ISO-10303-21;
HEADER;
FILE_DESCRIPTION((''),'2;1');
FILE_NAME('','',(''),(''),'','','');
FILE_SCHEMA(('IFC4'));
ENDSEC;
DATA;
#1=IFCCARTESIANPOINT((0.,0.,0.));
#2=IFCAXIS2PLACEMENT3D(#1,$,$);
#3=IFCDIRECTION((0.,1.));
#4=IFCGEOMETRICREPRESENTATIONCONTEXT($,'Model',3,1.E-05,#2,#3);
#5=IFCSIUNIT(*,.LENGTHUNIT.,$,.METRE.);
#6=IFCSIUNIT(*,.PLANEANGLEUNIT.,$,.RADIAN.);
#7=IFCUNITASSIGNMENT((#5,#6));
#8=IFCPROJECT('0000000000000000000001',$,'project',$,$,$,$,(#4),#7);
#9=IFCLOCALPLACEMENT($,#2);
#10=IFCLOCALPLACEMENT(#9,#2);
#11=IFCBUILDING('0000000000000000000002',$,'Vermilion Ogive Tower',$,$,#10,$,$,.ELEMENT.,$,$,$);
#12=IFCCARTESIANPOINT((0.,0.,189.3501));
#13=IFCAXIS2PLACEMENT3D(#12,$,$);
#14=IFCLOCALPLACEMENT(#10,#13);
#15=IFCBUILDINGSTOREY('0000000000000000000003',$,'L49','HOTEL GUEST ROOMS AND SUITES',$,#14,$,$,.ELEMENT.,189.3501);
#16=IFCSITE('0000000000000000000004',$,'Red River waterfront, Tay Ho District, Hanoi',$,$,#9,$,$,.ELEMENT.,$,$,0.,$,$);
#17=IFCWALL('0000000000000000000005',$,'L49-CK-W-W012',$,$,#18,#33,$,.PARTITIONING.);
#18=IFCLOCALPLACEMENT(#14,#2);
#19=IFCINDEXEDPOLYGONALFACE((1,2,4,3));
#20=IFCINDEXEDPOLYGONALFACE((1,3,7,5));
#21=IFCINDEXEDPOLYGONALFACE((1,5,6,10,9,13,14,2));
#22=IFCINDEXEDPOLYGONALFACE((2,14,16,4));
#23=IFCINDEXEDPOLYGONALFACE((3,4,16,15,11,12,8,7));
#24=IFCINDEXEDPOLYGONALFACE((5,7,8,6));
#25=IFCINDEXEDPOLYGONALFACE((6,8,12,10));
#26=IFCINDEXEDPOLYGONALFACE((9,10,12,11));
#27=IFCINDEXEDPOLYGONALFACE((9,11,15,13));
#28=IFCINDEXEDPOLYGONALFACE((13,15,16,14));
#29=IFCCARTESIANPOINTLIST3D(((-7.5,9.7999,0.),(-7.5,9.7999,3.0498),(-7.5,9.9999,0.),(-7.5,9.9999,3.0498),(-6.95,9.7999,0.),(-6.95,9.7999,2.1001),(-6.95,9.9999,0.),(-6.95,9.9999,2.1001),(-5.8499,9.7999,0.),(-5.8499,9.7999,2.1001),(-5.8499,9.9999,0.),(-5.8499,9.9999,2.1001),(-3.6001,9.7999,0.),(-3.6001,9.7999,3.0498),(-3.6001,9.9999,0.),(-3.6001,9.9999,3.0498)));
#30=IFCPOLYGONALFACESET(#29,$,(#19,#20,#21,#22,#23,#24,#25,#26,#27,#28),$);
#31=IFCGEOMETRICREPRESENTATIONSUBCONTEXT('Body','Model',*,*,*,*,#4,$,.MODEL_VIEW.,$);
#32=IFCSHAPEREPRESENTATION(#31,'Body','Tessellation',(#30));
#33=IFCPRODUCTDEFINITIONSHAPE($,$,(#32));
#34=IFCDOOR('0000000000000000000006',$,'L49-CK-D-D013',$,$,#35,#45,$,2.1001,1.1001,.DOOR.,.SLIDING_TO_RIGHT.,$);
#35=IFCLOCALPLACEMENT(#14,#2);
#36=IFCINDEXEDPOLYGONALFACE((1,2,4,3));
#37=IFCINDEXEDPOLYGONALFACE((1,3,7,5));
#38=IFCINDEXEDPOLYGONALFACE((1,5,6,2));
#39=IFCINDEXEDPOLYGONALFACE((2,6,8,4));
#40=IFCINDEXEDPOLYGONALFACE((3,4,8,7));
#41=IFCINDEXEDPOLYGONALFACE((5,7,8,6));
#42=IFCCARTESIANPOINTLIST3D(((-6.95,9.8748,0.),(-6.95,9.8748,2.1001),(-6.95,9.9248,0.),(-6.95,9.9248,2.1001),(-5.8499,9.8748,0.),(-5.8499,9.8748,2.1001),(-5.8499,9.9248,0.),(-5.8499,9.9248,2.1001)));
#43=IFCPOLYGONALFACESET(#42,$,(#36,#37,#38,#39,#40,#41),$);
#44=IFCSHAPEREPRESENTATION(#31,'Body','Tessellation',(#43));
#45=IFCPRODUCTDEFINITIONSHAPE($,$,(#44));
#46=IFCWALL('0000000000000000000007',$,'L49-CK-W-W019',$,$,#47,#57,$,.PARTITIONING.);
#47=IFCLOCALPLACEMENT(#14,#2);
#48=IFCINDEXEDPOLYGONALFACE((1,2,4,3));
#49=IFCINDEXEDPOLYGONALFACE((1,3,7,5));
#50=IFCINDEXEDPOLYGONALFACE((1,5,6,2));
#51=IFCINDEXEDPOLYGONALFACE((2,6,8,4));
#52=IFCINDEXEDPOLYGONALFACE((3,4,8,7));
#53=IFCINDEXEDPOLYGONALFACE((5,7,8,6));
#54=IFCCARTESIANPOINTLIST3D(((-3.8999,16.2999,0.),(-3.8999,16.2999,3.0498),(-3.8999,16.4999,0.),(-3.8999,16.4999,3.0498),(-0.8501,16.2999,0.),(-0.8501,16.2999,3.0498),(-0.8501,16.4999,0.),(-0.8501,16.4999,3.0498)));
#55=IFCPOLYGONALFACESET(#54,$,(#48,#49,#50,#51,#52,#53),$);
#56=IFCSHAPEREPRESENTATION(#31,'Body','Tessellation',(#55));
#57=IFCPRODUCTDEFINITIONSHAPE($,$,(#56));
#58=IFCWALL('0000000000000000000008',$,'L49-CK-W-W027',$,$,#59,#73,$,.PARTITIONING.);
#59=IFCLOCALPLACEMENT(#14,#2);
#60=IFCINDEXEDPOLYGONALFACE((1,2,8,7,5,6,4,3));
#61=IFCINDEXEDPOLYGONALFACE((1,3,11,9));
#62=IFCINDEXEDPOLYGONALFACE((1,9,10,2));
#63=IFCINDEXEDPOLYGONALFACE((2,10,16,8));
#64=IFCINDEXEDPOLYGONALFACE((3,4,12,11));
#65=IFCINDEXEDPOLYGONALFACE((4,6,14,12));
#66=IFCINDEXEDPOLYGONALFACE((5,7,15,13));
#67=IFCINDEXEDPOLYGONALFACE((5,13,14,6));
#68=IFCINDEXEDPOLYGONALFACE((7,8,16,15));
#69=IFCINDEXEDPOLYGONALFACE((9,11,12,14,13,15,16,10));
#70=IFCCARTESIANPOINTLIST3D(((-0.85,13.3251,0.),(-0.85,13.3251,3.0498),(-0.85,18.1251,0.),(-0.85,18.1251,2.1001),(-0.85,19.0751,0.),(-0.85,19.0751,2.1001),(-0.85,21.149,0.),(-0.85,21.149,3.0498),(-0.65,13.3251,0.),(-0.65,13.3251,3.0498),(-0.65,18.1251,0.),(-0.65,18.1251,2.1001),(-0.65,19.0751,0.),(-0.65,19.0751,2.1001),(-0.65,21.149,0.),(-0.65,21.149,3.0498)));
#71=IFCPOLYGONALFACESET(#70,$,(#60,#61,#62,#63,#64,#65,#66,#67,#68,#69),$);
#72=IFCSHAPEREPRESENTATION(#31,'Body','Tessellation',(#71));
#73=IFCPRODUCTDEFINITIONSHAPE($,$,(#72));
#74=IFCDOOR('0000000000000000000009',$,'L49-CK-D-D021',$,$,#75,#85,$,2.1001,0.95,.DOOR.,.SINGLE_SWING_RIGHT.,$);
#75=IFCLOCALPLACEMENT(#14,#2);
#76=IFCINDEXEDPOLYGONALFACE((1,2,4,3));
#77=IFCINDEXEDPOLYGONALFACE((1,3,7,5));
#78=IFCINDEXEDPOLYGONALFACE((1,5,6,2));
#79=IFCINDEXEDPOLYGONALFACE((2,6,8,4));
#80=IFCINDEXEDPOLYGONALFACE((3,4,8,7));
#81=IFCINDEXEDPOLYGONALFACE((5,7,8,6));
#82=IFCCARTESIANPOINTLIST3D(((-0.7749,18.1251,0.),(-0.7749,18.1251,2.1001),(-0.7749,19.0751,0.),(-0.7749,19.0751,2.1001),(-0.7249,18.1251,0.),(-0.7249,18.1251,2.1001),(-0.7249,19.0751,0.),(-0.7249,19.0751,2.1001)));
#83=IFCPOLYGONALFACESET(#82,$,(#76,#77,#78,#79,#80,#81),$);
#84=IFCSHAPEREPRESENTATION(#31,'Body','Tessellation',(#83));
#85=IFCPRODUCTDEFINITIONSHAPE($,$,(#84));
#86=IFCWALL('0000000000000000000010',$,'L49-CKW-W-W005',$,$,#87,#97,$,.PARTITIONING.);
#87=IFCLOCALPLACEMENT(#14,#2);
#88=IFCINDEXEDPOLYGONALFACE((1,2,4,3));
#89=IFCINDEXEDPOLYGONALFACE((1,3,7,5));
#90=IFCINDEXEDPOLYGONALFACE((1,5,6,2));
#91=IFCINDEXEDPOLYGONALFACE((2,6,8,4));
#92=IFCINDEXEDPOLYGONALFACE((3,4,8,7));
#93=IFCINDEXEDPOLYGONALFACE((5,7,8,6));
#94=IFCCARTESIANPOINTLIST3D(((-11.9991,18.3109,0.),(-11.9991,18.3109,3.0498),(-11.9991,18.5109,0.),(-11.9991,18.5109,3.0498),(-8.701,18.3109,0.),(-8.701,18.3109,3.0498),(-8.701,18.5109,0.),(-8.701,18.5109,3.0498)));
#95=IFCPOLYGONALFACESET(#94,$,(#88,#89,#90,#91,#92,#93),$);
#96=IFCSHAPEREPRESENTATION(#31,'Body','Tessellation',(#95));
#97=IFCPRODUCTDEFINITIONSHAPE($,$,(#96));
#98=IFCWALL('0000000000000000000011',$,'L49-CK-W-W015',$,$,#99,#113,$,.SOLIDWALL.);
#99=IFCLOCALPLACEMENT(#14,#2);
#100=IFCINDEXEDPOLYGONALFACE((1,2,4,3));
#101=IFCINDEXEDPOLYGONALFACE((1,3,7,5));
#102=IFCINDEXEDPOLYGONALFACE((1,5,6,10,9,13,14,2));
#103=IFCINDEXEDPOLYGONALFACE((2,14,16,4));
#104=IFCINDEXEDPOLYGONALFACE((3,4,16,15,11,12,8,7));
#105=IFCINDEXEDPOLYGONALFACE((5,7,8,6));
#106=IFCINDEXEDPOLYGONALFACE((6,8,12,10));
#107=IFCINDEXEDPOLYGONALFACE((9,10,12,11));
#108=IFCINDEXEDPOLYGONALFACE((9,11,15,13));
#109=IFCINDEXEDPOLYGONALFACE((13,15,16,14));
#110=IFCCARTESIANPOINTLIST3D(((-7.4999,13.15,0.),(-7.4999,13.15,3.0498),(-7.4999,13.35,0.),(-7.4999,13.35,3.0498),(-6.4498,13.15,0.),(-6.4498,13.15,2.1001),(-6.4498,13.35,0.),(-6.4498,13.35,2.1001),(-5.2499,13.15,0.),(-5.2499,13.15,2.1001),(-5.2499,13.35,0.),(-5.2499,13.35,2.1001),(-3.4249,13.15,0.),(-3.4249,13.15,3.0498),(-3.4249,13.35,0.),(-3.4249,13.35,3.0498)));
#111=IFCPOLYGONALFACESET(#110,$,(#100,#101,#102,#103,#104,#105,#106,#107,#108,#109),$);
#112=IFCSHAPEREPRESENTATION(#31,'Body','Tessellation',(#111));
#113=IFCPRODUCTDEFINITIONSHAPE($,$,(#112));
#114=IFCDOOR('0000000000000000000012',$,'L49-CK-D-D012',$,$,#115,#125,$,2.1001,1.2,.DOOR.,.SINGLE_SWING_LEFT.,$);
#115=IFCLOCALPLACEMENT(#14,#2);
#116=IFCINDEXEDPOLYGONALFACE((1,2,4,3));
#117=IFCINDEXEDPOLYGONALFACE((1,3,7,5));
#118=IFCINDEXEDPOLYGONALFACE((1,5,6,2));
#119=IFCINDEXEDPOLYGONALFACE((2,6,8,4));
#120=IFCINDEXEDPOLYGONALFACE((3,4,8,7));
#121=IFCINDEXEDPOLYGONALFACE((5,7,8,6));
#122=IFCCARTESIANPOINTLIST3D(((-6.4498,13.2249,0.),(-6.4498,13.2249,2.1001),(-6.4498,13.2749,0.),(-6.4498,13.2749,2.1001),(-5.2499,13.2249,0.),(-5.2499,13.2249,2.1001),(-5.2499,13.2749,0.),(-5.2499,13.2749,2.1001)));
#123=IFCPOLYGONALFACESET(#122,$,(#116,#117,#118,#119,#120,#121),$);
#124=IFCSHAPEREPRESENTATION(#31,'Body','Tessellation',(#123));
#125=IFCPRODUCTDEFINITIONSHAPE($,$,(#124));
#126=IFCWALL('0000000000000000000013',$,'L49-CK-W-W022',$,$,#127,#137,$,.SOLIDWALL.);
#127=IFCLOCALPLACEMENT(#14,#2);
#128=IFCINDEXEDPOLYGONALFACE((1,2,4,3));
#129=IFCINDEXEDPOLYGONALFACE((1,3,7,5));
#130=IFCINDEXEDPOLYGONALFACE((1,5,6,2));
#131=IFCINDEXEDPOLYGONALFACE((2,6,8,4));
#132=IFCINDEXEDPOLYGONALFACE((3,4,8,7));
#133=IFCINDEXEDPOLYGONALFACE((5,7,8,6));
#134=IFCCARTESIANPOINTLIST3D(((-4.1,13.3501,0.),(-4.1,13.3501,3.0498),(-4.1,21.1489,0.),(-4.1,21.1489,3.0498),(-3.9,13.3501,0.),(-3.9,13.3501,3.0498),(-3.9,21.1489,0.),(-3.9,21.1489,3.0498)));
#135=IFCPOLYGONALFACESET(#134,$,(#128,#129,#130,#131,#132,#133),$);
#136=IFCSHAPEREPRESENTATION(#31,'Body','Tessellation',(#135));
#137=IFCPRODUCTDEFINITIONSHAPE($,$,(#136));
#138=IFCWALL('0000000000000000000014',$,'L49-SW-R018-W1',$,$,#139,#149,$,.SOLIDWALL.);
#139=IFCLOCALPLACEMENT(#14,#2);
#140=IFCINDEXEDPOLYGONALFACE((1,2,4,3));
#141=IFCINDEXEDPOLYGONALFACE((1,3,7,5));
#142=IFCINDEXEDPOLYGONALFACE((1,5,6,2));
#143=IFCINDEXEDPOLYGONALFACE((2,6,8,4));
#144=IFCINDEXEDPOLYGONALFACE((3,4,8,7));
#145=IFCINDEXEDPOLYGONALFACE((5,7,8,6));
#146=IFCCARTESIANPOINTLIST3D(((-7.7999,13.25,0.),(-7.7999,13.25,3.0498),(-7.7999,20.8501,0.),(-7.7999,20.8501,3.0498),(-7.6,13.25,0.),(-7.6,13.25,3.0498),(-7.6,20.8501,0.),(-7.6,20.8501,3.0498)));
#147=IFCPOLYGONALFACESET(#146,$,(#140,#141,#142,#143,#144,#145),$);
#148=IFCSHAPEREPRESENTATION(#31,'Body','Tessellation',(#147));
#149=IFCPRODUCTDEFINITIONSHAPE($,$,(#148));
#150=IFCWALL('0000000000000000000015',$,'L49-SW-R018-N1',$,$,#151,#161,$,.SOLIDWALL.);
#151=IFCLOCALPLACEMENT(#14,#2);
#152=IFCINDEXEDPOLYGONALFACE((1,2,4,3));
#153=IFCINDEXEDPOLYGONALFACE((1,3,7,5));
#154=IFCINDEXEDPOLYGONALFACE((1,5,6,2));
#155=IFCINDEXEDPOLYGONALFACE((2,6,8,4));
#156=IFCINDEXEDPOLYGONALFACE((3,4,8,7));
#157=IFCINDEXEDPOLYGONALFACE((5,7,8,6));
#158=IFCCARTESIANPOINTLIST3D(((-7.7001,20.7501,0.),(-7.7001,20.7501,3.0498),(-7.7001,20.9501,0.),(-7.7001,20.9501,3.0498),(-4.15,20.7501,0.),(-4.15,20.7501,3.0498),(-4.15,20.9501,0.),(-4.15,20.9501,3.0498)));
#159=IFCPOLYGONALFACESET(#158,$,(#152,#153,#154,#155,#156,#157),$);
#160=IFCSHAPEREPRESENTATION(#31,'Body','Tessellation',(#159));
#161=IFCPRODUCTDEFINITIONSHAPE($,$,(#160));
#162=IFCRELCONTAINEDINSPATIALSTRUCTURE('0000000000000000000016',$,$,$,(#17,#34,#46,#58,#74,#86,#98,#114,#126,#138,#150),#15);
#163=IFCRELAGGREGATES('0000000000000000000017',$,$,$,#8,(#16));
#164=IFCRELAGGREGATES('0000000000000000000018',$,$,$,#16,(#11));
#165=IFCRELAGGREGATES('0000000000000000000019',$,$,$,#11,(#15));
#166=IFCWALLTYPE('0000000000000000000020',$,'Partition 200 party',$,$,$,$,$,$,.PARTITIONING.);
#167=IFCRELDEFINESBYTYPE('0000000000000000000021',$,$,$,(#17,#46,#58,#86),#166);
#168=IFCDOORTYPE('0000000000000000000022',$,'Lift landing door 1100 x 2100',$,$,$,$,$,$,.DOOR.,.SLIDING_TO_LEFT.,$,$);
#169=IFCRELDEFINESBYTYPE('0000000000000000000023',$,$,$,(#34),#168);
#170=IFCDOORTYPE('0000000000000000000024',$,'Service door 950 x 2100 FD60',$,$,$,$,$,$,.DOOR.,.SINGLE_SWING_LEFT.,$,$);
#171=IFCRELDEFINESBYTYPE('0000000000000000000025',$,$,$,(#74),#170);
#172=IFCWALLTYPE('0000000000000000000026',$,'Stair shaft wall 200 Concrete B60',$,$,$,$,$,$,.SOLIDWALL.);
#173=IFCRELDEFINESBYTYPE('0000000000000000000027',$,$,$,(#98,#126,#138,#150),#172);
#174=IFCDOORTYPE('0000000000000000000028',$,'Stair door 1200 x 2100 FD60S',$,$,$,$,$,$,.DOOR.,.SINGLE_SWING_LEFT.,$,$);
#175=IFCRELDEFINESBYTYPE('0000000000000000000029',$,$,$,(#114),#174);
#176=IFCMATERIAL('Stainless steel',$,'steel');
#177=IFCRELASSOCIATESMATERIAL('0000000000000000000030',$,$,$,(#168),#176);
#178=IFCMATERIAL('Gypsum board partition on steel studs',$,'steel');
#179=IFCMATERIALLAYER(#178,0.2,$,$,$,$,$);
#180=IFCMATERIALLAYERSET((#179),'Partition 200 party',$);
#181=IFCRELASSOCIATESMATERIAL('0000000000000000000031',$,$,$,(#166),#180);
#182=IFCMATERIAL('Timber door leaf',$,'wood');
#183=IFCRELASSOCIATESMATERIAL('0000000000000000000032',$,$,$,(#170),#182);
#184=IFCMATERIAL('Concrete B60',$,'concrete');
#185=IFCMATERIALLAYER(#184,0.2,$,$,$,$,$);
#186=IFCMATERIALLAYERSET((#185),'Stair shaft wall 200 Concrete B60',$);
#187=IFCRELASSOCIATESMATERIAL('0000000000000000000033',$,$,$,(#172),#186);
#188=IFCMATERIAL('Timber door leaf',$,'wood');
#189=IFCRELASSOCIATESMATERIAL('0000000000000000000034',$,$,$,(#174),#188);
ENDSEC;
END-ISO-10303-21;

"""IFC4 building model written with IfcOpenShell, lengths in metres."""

from ifc_helpers import new_model, si_unit, direction, frame, frame_2d, origin, place, context, subcontext, project, spatial, rectangle, extrude, material, layer, layer_set, type_object, element, fill, save


model = new_model("IFC4")

# Units and contexts
model_context = context("Model", 3, precision=1e-05, world=origin(), true_north=direction((0.0, 1.0)))
body_context = subcontext(model_context, "Body", "Model", "MODEL_VIEW")
ifc_project = project(units=[si_unit("LENGTHUNIT", "METRE"), si_unit("PLANEANGLEUNIT", "RADIAN")], contexts=[model_context])

# Site, building, storey
site_placement = place(None, origin())
site = spatial("IfcSite", under=ifc_project, at=site_placement, Name="Red River waterfront, Tay Ho District, Hanoi", CompositionType="ELEMENT", RefElevation=0.0)
building_placement = place(site_placement, origin())
building = spatial("IfcBuilding", under=site, at=building_placement, Name="Vermilion Ogive Tower", CompositionType="ELEMENT")
storey_placement = place(building_placement, frame((0.0, 0.0, 189.3501)))
storey = spatial("IfcBuildingStorey", under=building, at=storey_placement, Name="L49", Description="HOTEL GUEST ROOMS AND SUITES", CompositionType="ELEMENT", Elevation=189.3501)

# Shared definitions
ifc_material_1 = material(Name="Stainless steel", Category="steel")
door_type_1 = type_object("IfcDoorType", Name="Lift landing door 1100 x 2100", OperationType="SLIDING_TO_LEFT", PredefinedType="DOOR", material=ifc_material_1)

# Wall, opening, door
ifc_material_2 = material(Name="Gypsum board partition on steel studs", Category="steel")
ifc_layer_1 = layer(ifc_material_2, 0.2)
ifc_layer_set_1 = layer_set([ifc_layer_1], Name="Partition 200 party")
wall_type_1 = type_object("IfcWallType", Name="Partition 200 party", PredefinedType="PARTITIONING", material=ifc_layer_set_1)
wall_1_placement = place(storey_placement, frame((-7.5, 9.8999, 0.0), z_axis=(0.0, 0.0, 1.0), x_axis=(1.0, 0.0, 0.0)))
wall_1 = element("IfcWall", 1, at=wall_1_placement, inside=storey, type_object=wall_type_1, Name="L49-CK-W-W012", PredefinedType="PARTITIONING", context=body_context, shape_type="SweptSolid", body=[
    extrude(rectangle(XDim=3.8999, YDim=0.2, at=frame_2d((1.95, 0.0))), origin(), (0.0, 0.0, 1.0), 3.0498),
])
opening_1_placement = place(wall_1_placement, frame((0.55, 0.0, 0.0)))
opening_1 = element("IfcOpeningElement", 2, at=opening_1_placement, cuts=wall_1, PredefinedType="OPENING", context=body_context, shape_type="SweptSolid", body=[
    extrude(rectangle(XDim=1.1001, YDim=2.1001, at=frame_2d((0.55, 1.05))), frame((0.0, 0.1099, 0.0), z_axis=(0.0, -1.0, 0.0), x_axis=(1.0, 0.0, 0.0)), (0.0, 0.0, 1.0), 0.22),
])
door_1_placement = place(opening_1_placement, origin())
door_1 = element("IfcDoor", 3, at=door_1_placement, inside=storey, type_object=door_type_1, Name="L49-CK-D-D013", OperationType="SLIDING_TO_RIGHT", OverallHeight=2.1001, OverallWidth=1.1001, PredefinedType="DOOR", context=body_context, shape_type="SweptSolid", body=[
    extrude(rectangle(XDim=1.1001, YDim=2.1001, at=frame_2d((0.55, 1.05))), frame((0.0, 0.0249, 0.0), z_axis=(0.0, -1.0, 0.0), x_axis=(1.0, 0.0, 0.0)), (0.0, 0.0, 1.0), 0.05),
])
fill(opening_1, door_1)

# Wall
wall_2_placement = place(storey_placement, frame((-3.8999, 16.3999, 0.0), z_axis=(0.0, 0.0, 1.0), x_axis=(1.0, 0.0, 0.0)))
element("IfcWall", 4, at=wall_2_placement, inside=storey, type_object=wall_type_1, Name="L49-CK-W-W019", PredefinedType="PARTITIONING", context=body_context, shape_type="SweptSolid", body=[
    extrude(rectangle(XDim=3.0498, YDim=0.2, at=frame_2d((1.5249, 0.0))), origin(), (0.0, 0.0, 1.0), 3.0498),
])

# Wall, opening, door
wall_3_placement = place(storey_placement, frame((-0.75, 13.325, 0.0), z_axis=(0.0, 0.0, 1.0), x_axis=(0.0, 1.0, 0.0)))
wall_3 = element("IfcWall", 5, at=wall_3_placement, inside=storey, type_object=wall_type_1, Name="L49-CK-W-W027", PredefinedType="PARTITIONING", context=body_context, shape_type="SweptSolid", body=[
    extrude(rectangle(XDim=7.824, YDim=0.2, at=frame_2d((3.9121, 0.0))), origin(), (0.0, 0.0, 1.0), 3.0498),
])
opening_2_placement = place(wall_3_placement, frame((4.8, 0.0, 0.0)))
opening_2 = element("IfcOpeningElement", 6, at=opening_2_placement, cuts=wall_3, PredefinedType="OPENING", context=body_context, shape_type="SweptSolid", body=[
    extrude(rectangle(XDim=0.95, YDim=2.1001, at=frame_2d((0.4751, 1.05))), frame((0.0, 0.1099, 0.0), z_axis=(0.0, -1.0, 0.0), x_axis=(1.0, 0.0, 0.0)), (0.0, 0.0, 1.0), 0.22),
])
ifc_material_3 = material(Name="Timber door leaf", Category="wood")
door_type_2 = type_object("IfcDoorType", Name="Service door 950 x 2100 FD60", OperationType="SINGLE_SWING_LEFT", PredefinedType="DOOR", material=ifc_material_3)
door_2_placement = place(opening_2_placement, origin())
door_2 = element("IfcDoor", 7, at=door_2_placement, inside=storey, type_object=door_type_2, Name="L49-CK-D-D021", OperationType="SINGLE_SWING_RIGHT", OverallHeight=2.1001, OverallWidth=0.95, PredefinedType="DOOR", context=body_context, shape_type="SweptSolid", body=[
    extrude(rectangle(XDim=0.95, YDim=2.1001, at=frame_2d((0.4751, 1.05))), frame((0.0, 0.0249, 0.0), z_axis=(0.0, -1.0, 0.0), x_axis=(1.0, 0.0, 0.0)), (0.0, 0.0, 1.0), 0.05),
])
fill(opening_2, door_2)

# Wall
wall_4_placement = place(storey_placement, frame((-11.999, 18.4109, 0.0), z_axis=(0.0, 0.0, 1.0), x_axis=(1.0, 0.0, 0.0)))
element("IfcWall", 8, at=wall_4_placement, inside=storey, type_object=wall_type_1, Name="L49-CKW-W-W005", PredefinedType="PARTITIONING", context=body_context, shape_type="SweptSolid", body=[
    extrude(rectangle(XDim=3.2981, YDim=0.2, at=frame_2d((1.6489, 0.0))), origin(), (0.0, 0.0, 1.0), 3.0498),
])

# Wall, opening, door
ifc_material_4 = material(Name="Concrete B60", Category="concrete")
ifc_layer_2 = layer(ifc_material_4, 0.2)
ifc_layer_set_2 = layer_set([ifc_layer_2], Name="Stair shaft wall 200 Concrete B60")
wall_type_2 = type_object("IfcWallType", Name="Stair shaft wall 200 Concrete B60", PredefinedType="SOLIDWALL", material=ifc_layer_set_2)
wall_5_placement = place(storey_placement, frame((-7.5, 13.25, 0.0), z_axis=(0.0, 0.0, 1.0), x_axis=(1.0, 0.0, 0.0)))
wall_5 = element("IfcWall", 9, at=wall_5_placement, inside=storey, type_object=wall_type_2, Name="L49-CK-W-W015", PredefinedType="SOLIDWALL", context=body_context, shape_type="SweptSolid", body=[
    extrude(rectangle(XDim=4.075, YDim=0.2, at=frame_2d((2.0376, 0.0))), origin(), (0.0, 0.0, 1.0), 3.0498),
])
opening_3_placement = place(wall_5_placement, frame((1.05, 0.0, 0.0)))
opening_3 = element("IfcOpeningElement", 10, at=opening_3_placement, cuts=wall_5, PredefinedType="OPENING", context=body_context, shape_type="SweptSolid", body=[
    extrude(rectangle(XDim=1.2, YDim=2.1001, at=frame_2d((0.6001, 1.05))), frame((0.0, 0.1099, 0.0), z_axis=(0.0, -1.0, 0.0), x_axis=(1.0, 0.0, 0.0)), (0.0, 0.0, 1.0), 0.22),
])
ifc_material_5 = material(Name="Timber door leaf", Category="wood")
door_type_3 = type_object("IfcDoorType", Name="Stair door 1200 x 2100 FD60S", OperationType="SINGLE_SWING_LEFT", PredefinedType="DOOR", material=ifc_material_5)
door_3_placement = place(opening_3_placement, origin())
door_3 = element("IfcDoor", 11, at=door_3_placement, inside=storey, type_object=door_type_3, Name="L49-CK-D-D012", OperationType="SINGLE_SWING_LEFT", OverallHeight=2.1001, OverallWidth=1.2, PredefinedType="DOOR", context=body_context, shape_type="SweptSolid", body=[
    extrude(rectangle(XDim=1.2, YDim=2.1001, at=frame_2d((0.6001, 1.05))), frame((0.0, 0.0249, 0.0), z_axis=(0.0, -1.0, 0.0), x_axis=(1.0, 0.0, 0.0)), (0.0, 0.0, 1.0), 0.05),
])
fill(opening_3, door_3)

# Walls
wall_6_placement = place(storey_placement, frame((-4.0, 13.3501, 0.0), z_axis=(0.0, 0.0, 1.0), x_axis=(0.0, 1.0, 0.0)))
element("IfcWall", 12, at=wall_6_placement, inside=storey, type_object=wall_type_2, Name="L49-CK-W-W022", PredefinedType="SOLIDWALL", context=body_context, shape_type="SweptSolid", body=[
    extrude(rectangle(XDim=7.7988, YDim=0.2, at=frame_2d((3.8994, 0.0))), origin(), (0.0, 0.0, 1.0), 3.0498),
])
wall_7_placement = place(storey_placement, frame((-7.7, 13.25, 0.0), z_axis=(0.0, 0.0, 1.0), x_axis=(0.0, 1.0, 0.0)))
element("IfcWall", 13, at=wall_7_placement, inside=storey, type_object=wall_type_2, Name="L49-SW-R018-W1", PredefinedType="SOLIDWALL", context=body_context, shape_type="SweptSolid", body=[
    extrude(rectangle(XDim=7.6001, YDim=0.2, at=frame_2d((3.8, 0.0))), origin(), (0.0, 0.0, 1.0), 3.0498),
])
wall_8_placement = place(storey_placement, frame((-7.7, 20.8501, 0.0), z_axis=(0.0, 0.0, 1.0), x_axis=(1.0, 0.0, 0.0)))
element("IfcWall", 14, at=wall_8_placement, inside=storey, type_object=wall_type_2, Name="L49-SW-R018-N1", PredefinedType="SOLIDWALL", context=body_context, shape_type="SweptSolid", body=[
    extrude(rectangle(XDim=3.55, YDim=0.2, at=frame_2d((1.7749, 0.0))), origin(), (0.0, 0.0, 1.0), 3.0498),
])

save(model, "model.ifc")
